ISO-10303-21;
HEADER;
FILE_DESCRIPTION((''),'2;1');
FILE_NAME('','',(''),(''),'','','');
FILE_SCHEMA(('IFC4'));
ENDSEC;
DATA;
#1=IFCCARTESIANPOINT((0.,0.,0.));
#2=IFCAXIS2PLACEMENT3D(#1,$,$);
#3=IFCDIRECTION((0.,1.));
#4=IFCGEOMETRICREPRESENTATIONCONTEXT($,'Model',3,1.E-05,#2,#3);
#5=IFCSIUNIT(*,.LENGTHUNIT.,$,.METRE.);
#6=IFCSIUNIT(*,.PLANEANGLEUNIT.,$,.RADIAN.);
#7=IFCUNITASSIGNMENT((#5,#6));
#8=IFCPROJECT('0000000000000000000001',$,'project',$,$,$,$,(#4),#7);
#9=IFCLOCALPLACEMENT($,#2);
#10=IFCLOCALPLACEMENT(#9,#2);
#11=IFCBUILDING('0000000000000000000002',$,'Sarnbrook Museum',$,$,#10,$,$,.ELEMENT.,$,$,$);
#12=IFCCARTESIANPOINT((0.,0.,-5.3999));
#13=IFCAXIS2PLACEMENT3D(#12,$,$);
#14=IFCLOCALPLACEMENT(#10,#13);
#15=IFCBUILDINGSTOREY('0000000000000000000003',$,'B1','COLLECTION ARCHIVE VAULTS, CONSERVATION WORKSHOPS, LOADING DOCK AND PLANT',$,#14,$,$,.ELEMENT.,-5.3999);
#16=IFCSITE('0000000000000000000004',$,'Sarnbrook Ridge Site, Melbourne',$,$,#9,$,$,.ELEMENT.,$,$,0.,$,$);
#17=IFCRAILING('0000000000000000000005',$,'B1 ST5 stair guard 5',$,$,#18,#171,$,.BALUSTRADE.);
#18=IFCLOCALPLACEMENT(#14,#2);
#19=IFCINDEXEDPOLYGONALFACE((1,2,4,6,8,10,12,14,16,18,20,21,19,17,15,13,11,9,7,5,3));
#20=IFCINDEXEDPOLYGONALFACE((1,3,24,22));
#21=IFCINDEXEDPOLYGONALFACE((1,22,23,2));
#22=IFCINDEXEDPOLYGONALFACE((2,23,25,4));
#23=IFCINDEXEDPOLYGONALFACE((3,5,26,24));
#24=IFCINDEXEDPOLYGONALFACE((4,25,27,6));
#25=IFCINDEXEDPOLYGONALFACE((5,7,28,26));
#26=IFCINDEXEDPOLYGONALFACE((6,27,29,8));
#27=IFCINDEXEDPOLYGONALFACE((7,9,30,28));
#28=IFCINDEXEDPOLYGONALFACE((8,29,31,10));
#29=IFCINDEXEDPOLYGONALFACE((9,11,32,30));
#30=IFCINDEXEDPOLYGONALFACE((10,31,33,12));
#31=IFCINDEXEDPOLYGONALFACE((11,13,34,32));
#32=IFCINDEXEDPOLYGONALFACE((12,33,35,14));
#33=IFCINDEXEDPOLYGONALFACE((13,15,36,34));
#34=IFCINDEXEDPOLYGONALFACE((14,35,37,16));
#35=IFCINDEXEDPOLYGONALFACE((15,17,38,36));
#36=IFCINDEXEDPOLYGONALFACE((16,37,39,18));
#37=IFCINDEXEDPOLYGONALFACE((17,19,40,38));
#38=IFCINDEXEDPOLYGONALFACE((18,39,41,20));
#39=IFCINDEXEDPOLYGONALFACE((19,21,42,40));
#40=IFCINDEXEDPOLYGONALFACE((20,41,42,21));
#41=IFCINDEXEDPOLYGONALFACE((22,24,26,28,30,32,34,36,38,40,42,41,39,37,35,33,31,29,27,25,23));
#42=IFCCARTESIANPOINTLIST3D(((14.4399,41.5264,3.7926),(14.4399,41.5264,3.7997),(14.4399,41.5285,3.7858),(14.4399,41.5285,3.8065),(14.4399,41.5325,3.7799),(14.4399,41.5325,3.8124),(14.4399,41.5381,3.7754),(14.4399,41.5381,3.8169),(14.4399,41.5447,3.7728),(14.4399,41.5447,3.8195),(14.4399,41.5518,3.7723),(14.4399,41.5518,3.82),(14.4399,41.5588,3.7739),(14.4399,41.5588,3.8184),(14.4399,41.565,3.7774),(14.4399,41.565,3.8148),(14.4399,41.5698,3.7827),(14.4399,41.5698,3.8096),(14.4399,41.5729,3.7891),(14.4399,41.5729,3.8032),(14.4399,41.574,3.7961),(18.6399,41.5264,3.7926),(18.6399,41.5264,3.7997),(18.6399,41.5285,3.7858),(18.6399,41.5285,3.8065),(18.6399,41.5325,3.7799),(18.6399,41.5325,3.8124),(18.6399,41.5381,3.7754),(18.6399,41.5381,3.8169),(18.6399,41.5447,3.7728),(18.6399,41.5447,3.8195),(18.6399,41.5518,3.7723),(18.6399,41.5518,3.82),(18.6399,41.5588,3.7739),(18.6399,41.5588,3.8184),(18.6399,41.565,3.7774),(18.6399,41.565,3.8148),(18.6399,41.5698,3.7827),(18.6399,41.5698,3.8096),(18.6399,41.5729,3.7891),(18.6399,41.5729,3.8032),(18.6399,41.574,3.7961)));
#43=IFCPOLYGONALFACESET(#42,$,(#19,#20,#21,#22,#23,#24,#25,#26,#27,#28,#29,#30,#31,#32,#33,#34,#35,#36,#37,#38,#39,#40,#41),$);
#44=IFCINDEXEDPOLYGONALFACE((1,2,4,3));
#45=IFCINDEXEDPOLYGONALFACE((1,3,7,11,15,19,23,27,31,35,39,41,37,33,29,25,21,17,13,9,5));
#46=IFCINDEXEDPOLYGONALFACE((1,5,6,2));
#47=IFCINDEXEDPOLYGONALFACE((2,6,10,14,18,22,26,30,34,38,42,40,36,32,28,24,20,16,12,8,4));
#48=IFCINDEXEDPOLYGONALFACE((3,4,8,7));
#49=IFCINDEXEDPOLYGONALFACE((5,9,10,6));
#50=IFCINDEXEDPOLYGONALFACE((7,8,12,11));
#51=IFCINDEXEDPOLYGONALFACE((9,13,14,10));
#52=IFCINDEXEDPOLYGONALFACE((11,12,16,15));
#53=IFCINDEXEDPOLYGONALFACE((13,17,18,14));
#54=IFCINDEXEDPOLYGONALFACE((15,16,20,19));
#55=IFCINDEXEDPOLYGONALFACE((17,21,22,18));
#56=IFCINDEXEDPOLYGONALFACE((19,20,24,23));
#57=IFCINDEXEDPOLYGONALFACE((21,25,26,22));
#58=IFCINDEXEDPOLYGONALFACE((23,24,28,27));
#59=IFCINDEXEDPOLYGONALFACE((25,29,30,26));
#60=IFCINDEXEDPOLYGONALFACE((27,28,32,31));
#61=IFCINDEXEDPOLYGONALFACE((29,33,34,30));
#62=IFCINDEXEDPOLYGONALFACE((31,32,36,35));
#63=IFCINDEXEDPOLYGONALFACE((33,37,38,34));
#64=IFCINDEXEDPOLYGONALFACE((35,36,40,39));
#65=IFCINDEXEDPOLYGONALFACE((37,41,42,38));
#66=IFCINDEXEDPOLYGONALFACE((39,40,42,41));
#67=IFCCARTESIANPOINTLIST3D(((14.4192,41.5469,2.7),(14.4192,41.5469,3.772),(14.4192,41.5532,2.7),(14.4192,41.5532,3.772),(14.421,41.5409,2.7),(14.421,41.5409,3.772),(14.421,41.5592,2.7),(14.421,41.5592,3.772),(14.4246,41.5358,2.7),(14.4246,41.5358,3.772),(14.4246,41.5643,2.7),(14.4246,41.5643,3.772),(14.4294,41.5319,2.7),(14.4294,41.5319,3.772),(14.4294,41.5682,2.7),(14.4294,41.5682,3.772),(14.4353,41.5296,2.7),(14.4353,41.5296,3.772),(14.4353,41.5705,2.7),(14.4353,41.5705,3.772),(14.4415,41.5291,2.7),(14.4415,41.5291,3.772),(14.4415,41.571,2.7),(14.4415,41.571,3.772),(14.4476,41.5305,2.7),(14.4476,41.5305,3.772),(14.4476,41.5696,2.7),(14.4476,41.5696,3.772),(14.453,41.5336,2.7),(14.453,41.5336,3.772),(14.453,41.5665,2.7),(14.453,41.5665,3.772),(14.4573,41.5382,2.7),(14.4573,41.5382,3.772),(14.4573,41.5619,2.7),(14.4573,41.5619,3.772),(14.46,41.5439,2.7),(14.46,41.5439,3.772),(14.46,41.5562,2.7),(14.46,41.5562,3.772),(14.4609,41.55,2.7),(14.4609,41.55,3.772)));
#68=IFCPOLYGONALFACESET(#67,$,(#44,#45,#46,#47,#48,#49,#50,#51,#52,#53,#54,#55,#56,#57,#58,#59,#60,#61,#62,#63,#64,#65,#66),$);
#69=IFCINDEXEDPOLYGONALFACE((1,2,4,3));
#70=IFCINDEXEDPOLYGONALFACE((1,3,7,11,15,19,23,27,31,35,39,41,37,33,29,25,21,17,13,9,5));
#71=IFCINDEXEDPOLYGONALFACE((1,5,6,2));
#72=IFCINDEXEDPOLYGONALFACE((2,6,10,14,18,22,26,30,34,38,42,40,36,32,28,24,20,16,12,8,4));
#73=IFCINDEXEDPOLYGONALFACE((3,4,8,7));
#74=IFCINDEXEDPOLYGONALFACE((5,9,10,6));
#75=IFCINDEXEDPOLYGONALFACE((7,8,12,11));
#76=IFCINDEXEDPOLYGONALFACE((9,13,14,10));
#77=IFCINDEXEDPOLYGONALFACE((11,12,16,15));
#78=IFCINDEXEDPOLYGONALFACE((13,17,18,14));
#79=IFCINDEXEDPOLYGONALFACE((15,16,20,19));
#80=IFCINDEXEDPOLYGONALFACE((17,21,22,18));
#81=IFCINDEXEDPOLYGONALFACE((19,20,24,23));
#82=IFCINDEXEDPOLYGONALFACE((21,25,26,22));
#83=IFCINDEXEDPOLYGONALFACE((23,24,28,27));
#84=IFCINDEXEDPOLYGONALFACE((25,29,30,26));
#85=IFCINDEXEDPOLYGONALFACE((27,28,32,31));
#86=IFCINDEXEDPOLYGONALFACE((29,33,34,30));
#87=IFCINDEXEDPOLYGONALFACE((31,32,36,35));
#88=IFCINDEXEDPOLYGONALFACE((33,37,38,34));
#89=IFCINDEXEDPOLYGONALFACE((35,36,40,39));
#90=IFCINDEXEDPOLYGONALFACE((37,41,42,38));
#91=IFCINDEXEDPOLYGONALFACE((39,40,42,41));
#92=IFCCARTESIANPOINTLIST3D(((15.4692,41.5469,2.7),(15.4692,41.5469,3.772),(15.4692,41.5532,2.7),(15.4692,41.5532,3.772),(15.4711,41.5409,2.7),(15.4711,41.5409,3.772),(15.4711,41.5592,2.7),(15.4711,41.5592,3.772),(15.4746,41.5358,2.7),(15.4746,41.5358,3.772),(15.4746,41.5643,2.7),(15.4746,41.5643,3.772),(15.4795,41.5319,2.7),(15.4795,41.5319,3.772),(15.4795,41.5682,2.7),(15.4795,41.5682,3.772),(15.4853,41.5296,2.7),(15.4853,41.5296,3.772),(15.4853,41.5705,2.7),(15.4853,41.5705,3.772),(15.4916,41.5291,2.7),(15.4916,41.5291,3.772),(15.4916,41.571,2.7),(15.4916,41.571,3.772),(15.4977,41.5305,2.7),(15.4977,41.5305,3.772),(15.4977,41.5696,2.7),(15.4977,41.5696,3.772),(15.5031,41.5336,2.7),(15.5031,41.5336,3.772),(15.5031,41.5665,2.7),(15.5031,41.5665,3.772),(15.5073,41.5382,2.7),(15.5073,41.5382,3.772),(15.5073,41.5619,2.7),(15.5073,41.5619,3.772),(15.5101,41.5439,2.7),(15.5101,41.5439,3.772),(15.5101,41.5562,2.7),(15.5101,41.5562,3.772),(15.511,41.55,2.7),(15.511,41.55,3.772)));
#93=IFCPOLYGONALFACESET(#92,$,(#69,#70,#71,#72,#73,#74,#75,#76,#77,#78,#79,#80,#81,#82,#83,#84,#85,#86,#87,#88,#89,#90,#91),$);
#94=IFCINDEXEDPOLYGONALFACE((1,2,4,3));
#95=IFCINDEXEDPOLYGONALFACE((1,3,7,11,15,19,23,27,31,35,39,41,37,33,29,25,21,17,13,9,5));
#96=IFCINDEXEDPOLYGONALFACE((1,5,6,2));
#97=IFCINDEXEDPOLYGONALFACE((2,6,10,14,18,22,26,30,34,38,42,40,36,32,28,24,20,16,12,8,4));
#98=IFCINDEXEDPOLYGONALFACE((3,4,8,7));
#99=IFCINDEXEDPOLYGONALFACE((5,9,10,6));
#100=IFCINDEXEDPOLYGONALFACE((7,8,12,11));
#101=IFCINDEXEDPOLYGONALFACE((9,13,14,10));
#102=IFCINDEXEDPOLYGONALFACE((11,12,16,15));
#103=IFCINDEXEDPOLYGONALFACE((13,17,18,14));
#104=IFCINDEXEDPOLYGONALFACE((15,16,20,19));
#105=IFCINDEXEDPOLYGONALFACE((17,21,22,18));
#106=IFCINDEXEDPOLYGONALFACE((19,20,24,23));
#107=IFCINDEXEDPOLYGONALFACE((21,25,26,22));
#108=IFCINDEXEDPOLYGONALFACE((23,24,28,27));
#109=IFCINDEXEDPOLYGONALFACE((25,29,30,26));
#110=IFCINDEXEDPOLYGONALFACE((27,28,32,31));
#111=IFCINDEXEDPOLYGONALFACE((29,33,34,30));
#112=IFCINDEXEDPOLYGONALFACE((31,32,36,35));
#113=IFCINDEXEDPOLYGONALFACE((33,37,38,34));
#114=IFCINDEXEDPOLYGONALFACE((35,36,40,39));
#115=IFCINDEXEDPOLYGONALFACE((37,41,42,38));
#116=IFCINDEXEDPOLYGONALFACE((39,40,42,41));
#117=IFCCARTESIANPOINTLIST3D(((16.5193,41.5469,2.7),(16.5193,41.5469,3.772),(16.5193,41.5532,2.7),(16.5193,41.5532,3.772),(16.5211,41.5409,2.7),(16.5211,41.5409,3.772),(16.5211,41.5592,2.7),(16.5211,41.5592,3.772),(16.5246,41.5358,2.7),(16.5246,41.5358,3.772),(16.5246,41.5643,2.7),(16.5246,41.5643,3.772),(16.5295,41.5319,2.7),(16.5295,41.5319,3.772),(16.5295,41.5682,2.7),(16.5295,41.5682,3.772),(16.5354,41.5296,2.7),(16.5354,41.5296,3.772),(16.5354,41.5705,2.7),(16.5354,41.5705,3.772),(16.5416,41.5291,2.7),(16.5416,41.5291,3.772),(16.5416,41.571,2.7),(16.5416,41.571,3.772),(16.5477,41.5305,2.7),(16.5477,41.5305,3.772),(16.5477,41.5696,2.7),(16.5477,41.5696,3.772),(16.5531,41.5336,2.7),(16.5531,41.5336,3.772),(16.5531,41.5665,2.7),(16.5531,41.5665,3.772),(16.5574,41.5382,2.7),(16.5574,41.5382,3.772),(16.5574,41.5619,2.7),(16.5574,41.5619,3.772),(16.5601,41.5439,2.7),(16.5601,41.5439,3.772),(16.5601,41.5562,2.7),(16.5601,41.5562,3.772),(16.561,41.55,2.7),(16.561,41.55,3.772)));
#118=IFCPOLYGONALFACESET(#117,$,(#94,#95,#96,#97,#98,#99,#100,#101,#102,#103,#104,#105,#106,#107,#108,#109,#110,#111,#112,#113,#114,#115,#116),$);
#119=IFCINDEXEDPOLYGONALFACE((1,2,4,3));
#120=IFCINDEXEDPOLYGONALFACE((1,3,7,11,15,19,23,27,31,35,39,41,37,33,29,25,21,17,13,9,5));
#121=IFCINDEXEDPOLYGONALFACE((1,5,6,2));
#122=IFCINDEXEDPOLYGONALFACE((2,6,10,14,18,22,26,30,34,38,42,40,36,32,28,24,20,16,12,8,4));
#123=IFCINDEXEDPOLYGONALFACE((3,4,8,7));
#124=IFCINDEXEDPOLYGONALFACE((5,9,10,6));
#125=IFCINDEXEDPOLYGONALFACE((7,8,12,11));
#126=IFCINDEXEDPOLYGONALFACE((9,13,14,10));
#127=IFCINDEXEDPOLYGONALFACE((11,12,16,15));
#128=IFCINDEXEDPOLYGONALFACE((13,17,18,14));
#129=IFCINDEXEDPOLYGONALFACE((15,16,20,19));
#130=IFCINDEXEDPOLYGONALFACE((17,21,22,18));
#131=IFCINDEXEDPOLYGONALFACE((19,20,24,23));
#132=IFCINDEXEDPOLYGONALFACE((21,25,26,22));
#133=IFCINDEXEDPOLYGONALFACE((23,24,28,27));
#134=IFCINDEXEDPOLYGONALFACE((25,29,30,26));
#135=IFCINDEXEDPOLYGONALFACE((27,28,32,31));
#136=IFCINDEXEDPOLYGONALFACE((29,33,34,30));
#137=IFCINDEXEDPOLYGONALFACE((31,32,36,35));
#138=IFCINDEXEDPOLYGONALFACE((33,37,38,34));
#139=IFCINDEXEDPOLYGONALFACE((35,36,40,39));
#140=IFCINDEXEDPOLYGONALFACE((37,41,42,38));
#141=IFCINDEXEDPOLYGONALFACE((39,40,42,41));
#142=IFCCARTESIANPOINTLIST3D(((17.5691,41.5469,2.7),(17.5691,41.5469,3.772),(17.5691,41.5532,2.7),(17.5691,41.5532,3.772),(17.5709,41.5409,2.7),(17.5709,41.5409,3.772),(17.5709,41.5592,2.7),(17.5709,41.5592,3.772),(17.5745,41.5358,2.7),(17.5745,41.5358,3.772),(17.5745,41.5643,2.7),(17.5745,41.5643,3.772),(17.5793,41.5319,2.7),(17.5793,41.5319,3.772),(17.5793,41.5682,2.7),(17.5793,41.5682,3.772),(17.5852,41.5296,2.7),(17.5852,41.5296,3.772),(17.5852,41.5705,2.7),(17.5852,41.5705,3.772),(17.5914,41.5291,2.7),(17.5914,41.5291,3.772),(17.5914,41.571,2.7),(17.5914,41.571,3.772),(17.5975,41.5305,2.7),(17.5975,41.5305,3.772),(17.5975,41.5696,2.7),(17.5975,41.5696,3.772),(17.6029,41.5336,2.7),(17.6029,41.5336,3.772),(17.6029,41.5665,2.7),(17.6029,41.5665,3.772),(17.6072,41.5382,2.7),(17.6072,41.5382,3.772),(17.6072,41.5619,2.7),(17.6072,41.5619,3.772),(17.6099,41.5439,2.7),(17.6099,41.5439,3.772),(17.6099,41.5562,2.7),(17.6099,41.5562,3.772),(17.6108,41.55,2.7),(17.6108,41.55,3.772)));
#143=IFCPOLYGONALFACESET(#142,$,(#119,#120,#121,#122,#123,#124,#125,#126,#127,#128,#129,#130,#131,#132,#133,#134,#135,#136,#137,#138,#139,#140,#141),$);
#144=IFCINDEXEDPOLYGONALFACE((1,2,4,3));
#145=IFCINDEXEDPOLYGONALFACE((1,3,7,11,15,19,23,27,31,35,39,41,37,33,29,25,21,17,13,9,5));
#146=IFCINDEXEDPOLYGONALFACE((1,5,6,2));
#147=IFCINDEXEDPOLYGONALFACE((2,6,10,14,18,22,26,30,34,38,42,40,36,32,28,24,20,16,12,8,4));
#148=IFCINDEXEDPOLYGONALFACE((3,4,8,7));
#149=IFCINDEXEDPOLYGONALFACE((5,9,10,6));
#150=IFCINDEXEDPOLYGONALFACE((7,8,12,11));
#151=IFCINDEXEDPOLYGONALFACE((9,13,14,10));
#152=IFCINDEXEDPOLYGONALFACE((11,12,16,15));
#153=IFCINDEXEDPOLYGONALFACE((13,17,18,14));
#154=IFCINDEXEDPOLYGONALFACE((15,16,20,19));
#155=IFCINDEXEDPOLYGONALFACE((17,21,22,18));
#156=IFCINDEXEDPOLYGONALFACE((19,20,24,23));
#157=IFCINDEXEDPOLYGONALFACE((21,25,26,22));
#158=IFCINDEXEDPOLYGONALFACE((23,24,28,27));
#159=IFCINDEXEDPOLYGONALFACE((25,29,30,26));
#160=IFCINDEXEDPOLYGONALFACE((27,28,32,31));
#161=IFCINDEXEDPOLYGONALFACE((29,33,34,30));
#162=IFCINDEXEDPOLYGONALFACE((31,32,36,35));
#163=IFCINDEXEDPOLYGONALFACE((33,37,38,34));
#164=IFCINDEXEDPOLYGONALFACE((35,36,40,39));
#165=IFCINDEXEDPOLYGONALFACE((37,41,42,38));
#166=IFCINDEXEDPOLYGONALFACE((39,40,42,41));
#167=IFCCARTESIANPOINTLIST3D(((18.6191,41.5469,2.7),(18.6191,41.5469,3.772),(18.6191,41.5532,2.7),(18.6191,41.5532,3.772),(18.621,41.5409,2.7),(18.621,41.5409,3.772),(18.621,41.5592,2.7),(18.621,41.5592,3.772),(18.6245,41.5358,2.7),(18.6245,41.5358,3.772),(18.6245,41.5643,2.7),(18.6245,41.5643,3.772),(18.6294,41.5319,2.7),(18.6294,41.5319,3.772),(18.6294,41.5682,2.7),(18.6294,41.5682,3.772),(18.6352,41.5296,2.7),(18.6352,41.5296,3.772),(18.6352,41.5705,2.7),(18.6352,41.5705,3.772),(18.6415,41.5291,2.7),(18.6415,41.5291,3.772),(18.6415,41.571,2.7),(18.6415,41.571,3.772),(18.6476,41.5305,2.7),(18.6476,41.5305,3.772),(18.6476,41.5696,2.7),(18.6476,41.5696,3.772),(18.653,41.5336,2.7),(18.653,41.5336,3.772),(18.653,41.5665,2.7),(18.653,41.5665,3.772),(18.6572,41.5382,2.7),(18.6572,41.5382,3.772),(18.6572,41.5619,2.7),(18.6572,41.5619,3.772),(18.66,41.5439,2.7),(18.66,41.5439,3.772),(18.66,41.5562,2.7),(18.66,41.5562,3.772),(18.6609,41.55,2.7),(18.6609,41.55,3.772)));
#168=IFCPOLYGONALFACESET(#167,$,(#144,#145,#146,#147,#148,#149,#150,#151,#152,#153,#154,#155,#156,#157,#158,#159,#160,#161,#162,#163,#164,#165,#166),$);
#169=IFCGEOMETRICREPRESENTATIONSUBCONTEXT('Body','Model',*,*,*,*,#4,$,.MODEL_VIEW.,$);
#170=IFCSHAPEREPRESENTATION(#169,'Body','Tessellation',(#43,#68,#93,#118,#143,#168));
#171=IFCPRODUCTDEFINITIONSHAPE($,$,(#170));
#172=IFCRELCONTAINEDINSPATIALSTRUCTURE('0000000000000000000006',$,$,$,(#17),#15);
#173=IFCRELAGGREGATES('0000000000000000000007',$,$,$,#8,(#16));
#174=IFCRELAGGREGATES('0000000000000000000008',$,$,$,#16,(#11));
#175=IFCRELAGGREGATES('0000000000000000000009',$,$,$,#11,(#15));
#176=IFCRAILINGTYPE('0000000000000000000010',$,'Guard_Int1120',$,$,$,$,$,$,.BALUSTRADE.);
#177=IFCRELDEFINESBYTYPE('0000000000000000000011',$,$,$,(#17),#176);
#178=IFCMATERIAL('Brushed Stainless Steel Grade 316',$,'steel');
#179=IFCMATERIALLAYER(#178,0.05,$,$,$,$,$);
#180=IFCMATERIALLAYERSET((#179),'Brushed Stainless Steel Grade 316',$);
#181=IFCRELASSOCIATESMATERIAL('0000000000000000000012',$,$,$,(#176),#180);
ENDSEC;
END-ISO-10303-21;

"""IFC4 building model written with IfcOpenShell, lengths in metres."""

from ifc_helpers import new_model, si_unit, direction, frame, origin, origin_2d, place, context, subcontext, project, spatial, circle, extrude, material, layer, layer_set, type_object, element, save


model = new_model("IFC4")

# Units and contexts
model_context = context("Model", 3, precision=1e-05, world=origin(), true_north=direction((0.0, 1.0)))
body_context = subcontext(model_context, "Body", "Model", "MODEL_VIEW")
ifc_project = project(units=[si_unit("LENGTHUNIT", "METRE"), si_unit("PLANEANGLEUNIT", "RADIAN")], contexts=[model_context])

# Site, building, storey
site_placement = place(None, origin())
site = spatial("IfcSite", under=ifc_project, at=site_placement, Name="Sarnbrook Ridge Site, Melbourne", CompositionType="ELEMENT", RefElevation=0.0)
building_placement = place(site_placement, origin())
building = spatial("IfcBuilding", under=site, at=building_placement, Name="Sarnbrook Museum", CompositionType="ELEMENT")
storey_placement = place(building_placement, frame((0.0, 0.0, -5.3999)))
storey = spatial("IfcBuildingStorey", under=building, at=storey_placement, Name="B1", Description="COLLECTION ARCHIVE VAULTS, CONSERVATION WORKSHOPS, LOADING DOCK AND PLANT", CompositionType="ELEMENT", Elevation=-5.3999)

# Railing
ifc_material_1 = material(Name="Brushed Stainless Steel Grade 316", Category="steel")
ifc_layer_1 = layer(ifc_material_1, 0.05)
ifc_layer_set_1 = layer_set([ifc_layer_1], Name="Brushed Stainless Steel Grade 316")
railing_type_1 = type_object("IfcRailingType", Name="Guard_Int1120", PredefinedType="BALUSTRADE", material=ifc_layer_set_1)
railing_1_placement = place(storey_placement, frame((14.4399, 41.55, 2.7)))
element("IfcRailing", 1, at=railing_1_placement, inside=storey, type_object=railing_type_1, Name="B1 ST5 stair guard 5", PredefinedType="BALUSTRADE", context=body_context, shape_type="SweptSolid", body=[
    extrude(circle(Radius=0.0239, at=origin_2d()), frame((0.0, 0.0, 1.0962), z_axis=(1.0, 0.0, 0.0), x_axis=(0.0, 1.0, 0.0)), (0.0, 0.0, 1.0), 4.2),
    extrude(circle(Radius=0.021, at=origin_2d()), origin(), (0.0, 0.0, 1.0), 1.072),
    extrude(circle(Radius=0.021, at=origin_2d()), frame((1.05, 0.0, 0.0)), (0.0, 0.0, 1.0), 1.072),
    extrude(circle(Radius=0.021, at=origin_2d()), frame((2.1001, 0.0, 0.0)), (0.0, 0.0, 1.0), 1.072),
    extrude(circle(Radius=0.021, at=origin_2d()), frame((3.1499, 0.0, 0.0)), (0.0, 0.0, 1.0), 1.072),
    extrude(circle(Radius=0.021, at=origin_2d()), frame((4.2, 0.0, 0.0)), (0.0, 0.0, 1.0), 1.072),
])

save(model, "model.ifc")
